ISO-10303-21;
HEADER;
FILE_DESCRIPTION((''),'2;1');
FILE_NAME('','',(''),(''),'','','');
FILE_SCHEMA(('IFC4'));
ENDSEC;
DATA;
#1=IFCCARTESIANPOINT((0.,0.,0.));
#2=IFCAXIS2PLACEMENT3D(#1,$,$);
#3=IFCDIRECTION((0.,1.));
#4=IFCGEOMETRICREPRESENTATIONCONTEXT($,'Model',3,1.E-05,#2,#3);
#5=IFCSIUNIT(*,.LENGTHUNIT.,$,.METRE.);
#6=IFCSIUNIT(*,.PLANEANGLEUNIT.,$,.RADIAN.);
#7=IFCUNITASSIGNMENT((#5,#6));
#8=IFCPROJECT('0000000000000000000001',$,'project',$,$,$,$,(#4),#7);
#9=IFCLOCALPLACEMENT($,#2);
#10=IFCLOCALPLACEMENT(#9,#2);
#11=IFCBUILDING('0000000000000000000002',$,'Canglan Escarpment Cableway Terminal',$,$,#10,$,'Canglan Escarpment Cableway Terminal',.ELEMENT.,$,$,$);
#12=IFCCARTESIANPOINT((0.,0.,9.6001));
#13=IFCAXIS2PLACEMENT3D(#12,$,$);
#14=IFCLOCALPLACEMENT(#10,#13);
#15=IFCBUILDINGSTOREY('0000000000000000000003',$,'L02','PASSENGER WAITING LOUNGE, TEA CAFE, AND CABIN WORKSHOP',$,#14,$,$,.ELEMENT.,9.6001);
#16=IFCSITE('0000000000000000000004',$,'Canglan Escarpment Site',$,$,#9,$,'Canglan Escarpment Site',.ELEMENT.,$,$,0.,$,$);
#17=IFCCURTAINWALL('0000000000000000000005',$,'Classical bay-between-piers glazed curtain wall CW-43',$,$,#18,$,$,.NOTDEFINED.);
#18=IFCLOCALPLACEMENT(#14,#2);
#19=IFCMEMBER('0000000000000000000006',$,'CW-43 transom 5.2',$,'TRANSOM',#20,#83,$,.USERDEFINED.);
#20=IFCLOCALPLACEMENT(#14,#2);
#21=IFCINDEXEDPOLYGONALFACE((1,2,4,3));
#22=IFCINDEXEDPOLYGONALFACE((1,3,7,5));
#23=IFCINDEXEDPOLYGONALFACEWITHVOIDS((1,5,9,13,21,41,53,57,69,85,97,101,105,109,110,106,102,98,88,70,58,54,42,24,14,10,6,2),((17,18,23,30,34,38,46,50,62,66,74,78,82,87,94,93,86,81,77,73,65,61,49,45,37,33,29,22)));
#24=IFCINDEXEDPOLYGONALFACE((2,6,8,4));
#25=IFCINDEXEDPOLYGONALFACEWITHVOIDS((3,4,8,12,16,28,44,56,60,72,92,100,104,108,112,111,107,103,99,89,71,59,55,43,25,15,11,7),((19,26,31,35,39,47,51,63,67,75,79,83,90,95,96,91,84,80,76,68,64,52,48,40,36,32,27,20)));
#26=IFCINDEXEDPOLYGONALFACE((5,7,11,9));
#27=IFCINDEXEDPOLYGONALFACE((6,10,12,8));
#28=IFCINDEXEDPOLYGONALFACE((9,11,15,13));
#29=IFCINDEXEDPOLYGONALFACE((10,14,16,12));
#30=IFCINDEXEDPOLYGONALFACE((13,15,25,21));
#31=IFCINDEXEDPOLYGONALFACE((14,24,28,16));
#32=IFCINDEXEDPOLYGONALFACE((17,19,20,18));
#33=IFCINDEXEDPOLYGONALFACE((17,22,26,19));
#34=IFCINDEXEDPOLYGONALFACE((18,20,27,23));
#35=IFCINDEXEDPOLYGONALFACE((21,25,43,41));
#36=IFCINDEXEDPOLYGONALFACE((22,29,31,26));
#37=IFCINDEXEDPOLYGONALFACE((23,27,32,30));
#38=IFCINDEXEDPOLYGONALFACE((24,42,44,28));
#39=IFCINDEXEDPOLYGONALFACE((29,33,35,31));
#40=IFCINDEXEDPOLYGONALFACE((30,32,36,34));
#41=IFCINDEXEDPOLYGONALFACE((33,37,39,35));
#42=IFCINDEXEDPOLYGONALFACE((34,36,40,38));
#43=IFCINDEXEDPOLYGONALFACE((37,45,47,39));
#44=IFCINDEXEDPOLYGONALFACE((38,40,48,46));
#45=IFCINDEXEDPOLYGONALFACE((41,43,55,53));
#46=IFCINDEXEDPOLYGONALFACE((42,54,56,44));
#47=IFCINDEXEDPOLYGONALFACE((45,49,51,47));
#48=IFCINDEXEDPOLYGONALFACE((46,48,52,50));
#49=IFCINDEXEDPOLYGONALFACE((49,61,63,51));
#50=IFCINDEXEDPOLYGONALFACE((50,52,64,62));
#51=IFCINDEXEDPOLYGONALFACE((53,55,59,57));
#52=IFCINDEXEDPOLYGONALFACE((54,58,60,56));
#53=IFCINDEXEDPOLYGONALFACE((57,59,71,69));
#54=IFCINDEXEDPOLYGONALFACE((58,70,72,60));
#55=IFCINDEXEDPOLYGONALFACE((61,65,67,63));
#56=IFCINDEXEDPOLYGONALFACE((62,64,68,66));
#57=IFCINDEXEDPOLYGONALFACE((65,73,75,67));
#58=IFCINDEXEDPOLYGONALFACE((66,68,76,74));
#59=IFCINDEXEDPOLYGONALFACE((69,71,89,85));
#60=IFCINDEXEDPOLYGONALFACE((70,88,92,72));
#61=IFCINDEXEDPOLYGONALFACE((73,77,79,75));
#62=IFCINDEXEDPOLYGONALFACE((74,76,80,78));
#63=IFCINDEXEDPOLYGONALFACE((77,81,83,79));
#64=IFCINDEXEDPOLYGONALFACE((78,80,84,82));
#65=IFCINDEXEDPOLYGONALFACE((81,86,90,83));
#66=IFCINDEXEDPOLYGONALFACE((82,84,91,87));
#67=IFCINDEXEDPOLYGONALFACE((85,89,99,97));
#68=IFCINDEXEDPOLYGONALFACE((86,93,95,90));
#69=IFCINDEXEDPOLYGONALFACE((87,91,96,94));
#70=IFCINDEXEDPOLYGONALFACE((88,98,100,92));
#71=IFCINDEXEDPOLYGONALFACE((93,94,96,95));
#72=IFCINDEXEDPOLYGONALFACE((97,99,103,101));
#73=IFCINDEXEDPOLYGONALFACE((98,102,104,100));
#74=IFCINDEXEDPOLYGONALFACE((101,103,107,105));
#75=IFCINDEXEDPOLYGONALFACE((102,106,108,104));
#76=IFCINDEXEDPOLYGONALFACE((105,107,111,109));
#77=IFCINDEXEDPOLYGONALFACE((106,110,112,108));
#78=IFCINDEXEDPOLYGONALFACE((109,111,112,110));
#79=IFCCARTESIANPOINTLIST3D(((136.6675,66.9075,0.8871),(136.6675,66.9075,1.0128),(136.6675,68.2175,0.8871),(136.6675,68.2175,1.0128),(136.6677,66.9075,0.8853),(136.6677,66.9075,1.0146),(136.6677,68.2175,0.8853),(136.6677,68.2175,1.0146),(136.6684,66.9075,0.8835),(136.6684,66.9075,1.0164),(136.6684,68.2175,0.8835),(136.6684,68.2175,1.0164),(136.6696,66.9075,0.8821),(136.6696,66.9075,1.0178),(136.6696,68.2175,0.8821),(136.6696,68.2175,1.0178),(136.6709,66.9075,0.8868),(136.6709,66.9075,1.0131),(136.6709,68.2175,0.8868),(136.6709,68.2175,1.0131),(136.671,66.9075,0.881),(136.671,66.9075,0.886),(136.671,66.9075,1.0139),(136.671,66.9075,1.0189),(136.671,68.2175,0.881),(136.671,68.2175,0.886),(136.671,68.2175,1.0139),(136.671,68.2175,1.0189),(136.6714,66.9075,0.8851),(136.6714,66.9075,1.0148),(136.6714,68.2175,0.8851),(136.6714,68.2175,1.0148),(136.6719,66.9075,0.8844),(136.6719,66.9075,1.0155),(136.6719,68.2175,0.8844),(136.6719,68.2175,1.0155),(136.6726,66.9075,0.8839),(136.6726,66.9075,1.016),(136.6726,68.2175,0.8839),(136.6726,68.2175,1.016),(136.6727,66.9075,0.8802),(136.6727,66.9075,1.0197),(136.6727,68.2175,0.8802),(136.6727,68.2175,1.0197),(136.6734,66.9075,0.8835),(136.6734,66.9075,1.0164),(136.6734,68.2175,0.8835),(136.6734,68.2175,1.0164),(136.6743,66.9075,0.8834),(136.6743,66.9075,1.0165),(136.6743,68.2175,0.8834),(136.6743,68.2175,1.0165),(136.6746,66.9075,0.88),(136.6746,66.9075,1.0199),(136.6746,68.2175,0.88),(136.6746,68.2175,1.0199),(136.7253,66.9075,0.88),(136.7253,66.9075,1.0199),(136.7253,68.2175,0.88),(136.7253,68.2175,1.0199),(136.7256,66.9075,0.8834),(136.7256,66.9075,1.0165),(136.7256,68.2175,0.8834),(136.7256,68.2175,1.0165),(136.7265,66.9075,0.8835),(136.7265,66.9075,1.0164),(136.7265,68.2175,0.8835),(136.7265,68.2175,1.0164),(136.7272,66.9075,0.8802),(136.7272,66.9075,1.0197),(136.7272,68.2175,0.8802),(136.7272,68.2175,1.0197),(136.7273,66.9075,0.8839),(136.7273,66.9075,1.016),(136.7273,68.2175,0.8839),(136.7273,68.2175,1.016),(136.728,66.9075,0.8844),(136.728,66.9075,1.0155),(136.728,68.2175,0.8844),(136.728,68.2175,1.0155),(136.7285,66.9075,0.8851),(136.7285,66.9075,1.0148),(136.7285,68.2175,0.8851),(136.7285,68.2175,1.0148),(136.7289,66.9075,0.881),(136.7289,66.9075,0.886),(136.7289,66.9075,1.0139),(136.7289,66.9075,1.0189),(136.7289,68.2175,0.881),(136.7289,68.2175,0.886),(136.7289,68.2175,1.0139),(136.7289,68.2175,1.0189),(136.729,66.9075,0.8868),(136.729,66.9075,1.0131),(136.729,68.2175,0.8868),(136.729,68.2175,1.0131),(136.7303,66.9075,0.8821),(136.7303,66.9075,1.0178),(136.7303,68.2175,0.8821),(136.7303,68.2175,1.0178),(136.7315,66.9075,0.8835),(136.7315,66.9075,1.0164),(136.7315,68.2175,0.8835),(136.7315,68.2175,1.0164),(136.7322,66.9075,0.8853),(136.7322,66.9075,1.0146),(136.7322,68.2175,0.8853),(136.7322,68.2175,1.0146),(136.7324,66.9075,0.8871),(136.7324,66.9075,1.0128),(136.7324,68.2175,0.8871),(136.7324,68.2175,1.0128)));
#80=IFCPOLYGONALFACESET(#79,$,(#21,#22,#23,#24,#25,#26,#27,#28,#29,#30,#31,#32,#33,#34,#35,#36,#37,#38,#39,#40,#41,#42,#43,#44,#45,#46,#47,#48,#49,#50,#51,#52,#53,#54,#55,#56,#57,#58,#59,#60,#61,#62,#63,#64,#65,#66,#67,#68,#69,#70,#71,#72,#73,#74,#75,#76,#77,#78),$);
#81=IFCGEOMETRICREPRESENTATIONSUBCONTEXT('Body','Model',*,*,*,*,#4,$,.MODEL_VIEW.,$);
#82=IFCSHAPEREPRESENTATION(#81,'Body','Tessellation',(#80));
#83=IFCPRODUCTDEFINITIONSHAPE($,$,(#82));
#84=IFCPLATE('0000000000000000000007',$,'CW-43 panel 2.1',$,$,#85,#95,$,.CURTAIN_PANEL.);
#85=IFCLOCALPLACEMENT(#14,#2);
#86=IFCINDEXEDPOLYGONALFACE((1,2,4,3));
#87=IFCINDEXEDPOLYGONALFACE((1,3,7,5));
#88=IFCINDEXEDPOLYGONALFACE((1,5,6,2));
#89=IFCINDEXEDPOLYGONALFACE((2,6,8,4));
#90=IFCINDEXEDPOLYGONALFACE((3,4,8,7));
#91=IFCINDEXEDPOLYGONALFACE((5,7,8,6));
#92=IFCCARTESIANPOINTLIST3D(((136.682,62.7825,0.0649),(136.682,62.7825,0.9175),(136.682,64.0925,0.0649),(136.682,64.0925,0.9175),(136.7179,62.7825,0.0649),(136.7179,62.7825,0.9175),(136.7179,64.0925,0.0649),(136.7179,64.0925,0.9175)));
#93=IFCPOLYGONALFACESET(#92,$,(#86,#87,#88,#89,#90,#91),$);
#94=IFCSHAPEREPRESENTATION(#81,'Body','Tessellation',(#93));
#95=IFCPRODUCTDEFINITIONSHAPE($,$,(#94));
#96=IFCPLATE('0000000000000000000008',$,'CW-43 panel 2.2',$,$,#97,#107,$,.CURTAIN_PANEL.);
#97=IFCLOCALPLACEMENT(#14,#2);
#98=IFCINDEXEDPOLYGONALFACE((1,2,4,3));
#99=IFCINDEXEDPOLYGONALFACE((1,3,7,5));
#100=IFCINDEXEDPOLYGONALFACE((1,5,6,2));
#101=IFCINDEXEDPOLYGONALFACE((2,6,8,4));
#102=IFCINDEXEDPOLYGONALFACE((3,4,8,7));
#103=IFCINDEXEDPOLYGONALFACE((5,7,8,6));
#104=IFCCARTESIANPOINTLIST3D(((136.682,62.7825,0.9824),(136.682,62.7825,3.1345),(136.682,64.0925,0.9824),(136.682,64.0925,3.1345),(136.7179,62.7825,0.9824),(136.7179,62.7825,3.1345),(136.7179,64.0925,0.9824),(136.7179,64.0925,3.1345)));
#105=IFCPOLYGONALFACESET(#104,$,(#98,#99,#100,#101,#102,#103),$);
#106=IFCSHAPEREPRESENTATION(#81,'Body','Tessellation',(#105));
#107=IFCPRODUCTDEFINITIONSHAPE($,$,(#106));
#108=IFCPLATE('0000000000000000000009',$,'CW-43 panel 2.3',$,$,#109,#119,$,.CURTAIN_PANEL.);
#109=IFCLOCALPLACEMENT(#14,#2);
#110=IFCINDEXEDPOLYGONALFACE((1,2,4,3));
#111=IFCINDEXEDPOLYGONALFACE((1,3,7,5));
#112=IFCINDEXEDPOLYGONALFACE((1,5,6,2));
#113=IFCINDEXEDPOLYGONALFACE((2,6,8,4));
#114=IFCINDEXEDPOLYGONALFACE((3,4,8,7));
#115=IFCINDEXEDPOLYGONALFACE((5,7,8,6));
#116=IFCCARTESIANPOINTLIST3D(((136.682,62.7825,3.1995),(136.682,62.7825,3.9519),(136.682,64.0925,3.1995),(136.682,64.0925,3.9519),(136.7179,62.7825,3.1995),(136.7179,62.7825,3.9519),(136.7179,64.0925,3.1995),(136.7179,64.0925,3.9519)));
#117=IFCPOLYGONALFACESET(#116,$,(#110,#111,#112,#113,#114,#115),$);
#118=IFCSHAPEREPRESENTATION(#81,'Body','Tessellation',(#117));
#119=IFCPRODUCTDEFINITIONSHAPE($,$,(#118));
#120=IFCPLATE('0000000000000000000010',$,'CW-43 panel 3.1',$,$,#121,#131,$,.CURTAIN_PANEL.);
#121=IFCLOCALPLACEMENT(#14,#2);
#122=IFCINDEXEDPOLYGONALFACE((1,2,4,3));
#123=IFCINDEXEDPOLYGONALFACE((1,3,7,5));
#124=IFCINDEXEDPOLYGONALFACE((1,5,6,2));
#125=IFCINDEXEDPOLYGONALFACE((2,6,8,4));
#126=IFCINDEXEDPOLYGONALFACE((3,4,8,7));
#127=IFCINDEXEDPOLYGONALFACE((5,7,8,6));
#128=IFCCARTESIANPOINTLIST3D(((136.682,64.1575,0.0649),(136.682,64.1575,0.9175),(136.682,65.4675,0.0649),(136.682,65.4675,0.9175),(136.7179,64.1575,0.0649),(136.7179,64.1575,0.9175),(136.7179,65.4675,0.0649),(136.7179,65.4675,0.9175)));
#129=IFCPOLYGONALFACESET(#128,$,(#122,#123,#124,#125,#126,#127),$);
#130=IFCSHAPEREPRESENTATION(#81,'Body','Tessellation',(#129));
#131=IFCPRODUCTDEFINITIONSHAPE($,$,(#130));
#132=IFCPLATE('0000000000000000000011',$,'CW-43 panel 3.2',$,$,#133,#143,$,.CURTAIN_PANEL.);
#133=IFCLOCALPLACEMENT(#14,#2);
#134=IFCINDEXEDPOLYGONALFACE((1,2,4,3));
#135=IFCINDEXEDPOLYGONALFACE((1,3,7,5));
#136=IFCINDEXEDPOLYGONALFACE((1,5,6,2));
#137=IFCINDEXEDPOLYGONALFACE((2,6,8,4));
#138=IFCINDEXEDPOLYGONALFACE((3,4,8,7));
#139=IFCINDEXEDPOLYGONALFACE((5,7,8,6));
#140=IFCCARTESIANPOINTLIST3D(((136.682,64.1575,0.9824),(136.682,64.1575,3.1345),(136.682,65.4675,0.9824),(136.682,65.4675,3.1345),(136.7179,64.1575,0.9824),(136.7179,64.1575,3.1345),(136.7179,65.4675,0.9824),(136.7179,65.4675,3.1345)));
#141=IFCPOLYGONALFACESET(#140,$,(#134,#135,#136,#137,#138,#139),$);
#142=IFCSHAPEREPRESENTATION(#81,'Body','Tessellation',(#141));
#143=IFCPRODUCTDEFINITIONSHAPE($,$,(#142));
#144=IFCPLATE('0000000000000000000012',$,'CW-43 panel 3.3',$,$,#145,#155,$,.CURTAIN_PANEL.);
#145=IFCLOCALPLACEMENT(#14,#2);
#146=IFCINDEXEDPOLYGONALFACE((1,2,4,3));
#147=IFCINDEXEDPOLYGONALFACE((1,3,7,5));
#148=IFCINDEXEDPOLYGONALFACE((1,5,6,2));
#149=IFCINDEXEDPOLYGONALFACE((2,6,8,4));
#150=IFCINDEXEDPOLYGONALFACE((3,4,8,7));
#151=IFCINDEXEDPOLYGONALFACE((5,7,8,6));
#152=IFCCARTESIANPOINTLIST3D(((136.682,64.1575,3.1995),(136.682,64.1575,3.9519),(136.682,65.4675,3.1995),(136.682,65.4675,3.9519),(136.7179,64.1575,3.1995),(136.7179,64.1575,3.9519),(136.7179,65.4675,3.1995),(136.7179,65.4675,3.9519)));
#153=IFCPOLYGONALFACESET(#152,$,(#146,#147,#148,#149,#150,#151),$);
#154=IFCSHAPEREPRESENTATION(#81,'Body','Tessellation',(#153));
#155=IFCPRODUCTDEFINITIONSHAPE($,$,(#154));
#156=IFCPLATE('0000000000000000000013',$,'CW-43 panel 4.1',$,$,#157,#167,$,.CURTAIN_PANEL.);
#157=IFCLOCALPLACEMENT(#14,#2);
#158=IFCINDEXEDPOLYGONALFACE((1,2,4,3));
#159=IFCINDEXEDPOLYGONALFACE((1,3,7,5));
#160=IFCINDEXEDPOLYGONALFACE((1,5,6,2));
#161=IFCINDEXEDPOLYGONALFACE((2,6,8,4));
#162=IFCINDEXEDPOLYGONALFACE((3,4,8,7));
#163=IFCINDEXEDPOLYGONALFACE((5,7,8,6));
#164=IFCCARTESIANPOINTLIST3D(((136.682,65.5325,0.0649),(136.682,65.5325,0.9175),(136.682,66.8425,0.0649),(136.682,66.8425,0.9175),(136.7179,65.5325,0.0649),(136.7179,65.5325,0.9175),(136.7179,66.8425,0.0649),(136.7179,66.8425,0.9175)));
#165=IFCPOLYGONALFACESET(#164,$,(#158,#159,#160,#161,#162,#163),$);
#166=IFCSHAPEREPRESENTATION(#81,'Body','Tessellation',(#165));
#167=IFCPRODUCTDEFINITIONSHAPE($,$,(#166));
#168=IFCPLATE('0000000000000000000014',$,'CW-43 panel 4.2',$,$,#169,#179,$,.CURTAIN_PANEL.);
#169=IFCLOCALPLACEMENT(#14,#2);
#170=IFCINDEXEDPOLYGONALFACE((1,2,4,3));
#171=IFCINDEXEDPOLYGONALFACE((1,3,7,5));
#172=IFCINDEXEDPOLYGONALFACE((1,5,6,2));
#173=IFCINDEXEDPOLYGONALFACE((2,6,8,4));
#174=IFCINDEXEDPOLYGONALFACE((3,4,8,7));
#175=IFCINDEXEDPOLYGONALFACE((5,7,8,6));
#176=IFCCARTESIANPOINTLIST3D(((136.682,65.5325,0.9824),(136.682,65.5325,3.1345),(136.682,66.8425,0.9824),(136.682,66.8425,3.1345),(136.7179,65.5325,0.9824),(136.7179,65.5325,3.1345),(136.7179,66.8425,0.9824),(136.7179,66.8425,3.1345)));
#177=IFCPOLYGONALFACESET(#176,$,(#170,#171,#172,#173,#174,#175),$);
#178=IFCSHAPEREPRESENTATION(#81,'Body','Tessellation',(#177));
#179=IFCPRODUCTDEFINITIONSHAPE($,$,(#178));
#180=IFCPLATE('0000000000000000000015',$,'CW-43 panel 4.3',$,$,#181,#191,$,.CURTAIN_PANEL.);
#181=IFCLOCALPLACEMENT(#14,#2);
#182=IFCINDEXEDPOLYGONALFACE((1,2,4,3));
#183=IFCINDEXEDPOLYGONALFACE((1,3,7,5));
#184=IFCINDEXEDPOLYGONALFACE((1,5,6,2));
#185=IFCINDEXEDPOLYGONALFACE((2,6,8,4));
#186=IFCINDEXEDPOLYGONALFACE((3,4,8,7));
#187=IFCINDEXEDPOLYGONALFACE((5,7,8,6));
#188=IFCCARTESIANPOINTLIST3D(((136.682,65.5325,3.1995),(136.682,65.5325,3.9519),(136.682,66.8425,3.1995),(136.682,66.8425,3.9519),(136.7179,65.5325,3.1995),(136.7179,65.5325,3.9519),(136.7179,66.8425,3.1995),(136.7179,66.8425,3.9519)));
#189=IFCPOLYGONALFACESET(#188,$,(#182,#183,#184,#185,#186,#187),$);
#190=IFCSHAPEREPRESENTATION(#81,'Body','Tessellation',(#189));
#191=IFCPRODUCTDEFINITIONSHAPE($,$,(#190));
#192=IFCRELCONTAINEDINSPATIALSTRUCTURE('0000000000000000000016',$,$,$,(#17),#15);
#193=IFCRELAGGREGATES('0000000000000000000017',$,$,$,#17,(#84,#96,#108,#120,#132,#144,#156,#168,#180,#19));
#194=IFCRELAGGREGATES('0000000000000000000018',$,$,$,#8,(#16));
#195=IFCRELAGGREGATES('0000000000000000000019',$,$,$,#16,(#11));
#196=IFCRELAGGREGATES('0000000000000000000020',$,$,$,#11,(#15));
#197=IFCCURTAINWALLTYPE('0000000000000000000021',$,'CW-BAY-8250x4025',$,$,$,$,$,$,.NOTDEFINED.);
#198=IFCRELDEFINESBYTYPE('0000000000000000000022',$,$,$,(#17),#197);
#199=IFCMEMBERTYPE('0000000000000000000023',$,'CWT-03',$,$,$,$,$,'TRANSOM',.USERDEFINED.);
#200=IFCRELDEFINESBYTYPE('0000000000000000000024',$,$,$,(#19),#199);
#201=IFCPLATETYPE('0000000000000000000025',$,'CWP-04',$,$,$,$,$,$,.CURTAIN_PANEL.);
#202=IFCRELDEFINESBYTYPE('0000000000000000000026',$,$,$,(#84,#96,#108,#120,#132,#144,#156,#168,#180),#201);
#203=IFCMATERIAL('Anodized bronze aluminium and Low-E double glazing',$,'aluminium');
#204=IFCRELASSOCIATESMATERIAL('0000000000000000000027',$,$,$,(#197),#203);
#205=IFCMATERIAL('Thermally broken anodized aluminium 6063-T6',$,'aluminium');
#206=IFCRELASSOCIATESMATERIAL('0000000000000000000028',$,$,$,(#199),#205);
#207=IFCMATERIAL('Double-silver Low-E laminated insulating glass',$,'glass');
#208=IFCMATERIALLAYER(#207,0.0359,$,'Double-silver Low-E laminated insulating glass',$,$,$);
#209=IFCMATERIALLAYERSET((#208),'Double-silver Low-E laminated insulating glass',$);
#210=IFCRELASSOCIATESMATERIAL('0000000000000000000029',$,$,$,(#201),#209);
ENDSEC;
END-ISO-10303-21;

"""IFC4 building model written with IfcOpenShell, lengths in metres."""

from ifc_helpers import new_model, si_unit, direction, frame, origin, origin_2d, place, context, subcontext, project, spatial, rectangle, hollow_rectangle, extrude, material, layer, layer_set, material_profile, profile_set, type_object, element, aggregate, save


model = new_model("IFC4")

# Units and contexts
model_context = context("Model", 3, precision=1e-05, world=origin(), true_north=direction((0.0, 1.0)))
body_context = subcontext(model_context, "Body", "Model", "MODEL_VIEW")
ifc_project = project(units=[si_unit("LENGTHUNIT", "METRE"), si_unit("PLANEANGLEUNIT", "RADIAN")], contexts=[model_context])

# Site, building, storey
site_placement = place(None, origin())
site = spatial("IfcSite", under=ifc_project, at=site_placement, Name="Canglan Escarpment Site", LongName="Canglan Escarpment Site", CompositionType="ELEMENT", RefElevation=0.0)
building_placement = place(site_placement, origin())
building = spatial("IfcBuilding", under=site, at=building_placement, Name="Canglan Escarpment Cableway Terminal", LongName="Canglan Escarpment Cableway Terminal", CompositionType="ELEMENT")
storey_placement = place(building_placement, frame((0.0, 0.0, 9.6001)))
storey = spatial("IfcBuildingStorey", under=building, at=storey_placement, Name="L02", Description="PASSENGER WAITING LOUNGE, TEA CAFE, AND CABIN WORKSHOP", CompositionType="ELEMENT", Elevation=9.6001)

# Curtain wall, member, plates
ifc_material_1 = material(Name="Anodized bronze aluminium and Low-E double glazing", Category="aluminium")
curtain_wall_type = type_object("IfcCurtainWallType", Name="CW-BAY-8250x4025", PredefinedType="NOTDEFINED", material=ifc_material_1)
curtain_wall_placement = place(storey_placement, origin())
curtain_wall = element("IfcCurtainWall", 1, at=curtain_wall_placement, inside=storey, type_object=curtain_wall_type, Name="Classical bay-between-piers glazed curtain wall CW-43", PredefinedType="NOTDEFINED")
ifc_material_2 = material(Name="Thermally broken anodized aluminium 6063-T6", Category="aluminium")
ifc_material_profile_1 = material_profile(ifc_material_2, hollow_rectangle(XDim=0.0649, YDim=0.1399, WallThickness=0.0034, InnerFilletRadius=0.0034, OuterFilletRadius=0.0071, at=origin_2d()), Name="ALU-TRAN 65x140x3.5")
ifc_profile_set_1 = profile_set([ifc_material_profile_1], Name="Thermally broken anodized aluminium 6063-T6")
member_type_1 = type_object("IfcMemberType", Name="CWT-03", ElementType="TRANSOM", PredefinedType="USERDEFINED", material=ifc_profile_set_1)
member_1_placement = place(storey_placement, frame((136.7, 66.9075, 0.95), z_axis=(0.0, 1.0, 0.0), x_axis=(-1.0, 0.0, 0.0)))
member_1 = element("IfcMember", 2, at=member_1_placement, type_object=member_type_1, Name="CW-43 transom 5.2", ObjectType="TRANSOM", PredefinedType="USERDEFINED", context=body_context, shape_type="SweptSolid", body=[
    extrude(hollow_rectangle(XDim=0.0649, YDim=0.1399, WallThickness=0.0034, InnerFilletRadius=0.0034, OuterFilletRadius=0.0071, at=origin_2d()), origin(), (0.0, 0.0, 1.0), 1.3101),
])
ifc_material_3 = material(Name="Double-silver Low-E laminated insulating glass", Category="glass")
ifc_layer_1 = layer(ifc_material_3, 0.0359, Name="Double-silver Low-E laminated insulating glass")
ifc_layer_set_1 = layer_set([ifc_layer_1], Name="Double-silver Low-E laminated insulating glass")
plate_type = type_object("IfcPlateType", Name="CWP-04", PredefinedType="CURTAIN_PANEL", material=ifc_layer_set_1)
plate_1_placement = place(storey_placement, frame((136.7, 63.4375, 0.0649), z_axis=(0.0, 0.0, 1.0), x_axis=(0.0, 1.0, 0.0)))
plate_1 = element("IfcPlate", 3, at=plate_1_placement, type_object=plate_type, Name="CW-43 panel 2.1", PredefinedType="CURTAIN_PANEL", context=body_context, shape_type="SweptSolid", body=[
    extrude(rectangle(XDim=1.3101, YDim=0.0359, at=origin_2d()), origin(), (0.0, 0.0, 1.0), 0.8525),
])
plate_2_placement = place(storey_placement, frame((136.7, 63.4375, 0.9824), z_axis=(0.0, 0.0, 1.0), x_axis=(0.0, 1.0, 0.0)))
plate_2 = element("IfcPlate", 4, at=plate_2_placement, type_object=plate_type, Name="CW-43 panel 2.2", PredefinedType="CURTAIN_PANEL", context=body_context, shape_type="SweptSolid", body=[
    extrude(rectangle(XDim=1.3101, YDim=0.0359, at=origin_2d()), origin(), (0.0, 0.0, 1.0), 2.1521),
])
plate_3_placement = place(storey_placement, frame((136.7, 63.4375, 3.1995), z_axis=(0.0, 0.0, 1.0), x_axis=(0.0, 1.0, 0.0)))
plate_3 = element("IfcPlate", 5, at=plate_3_placement, type_object=plate_type, Name="CW-43 panel 2.3", PredefinedType="CURTAIN_PANEL", context=body_context, shape_type="SweptSolid", body=[
    extrude(rectangle(XDim=1.3101, YDim=0.0359, at=origin_2d()), origin(), (0.0, 0.0, 1.0), 0.7524),
])
plate_4_placement = place(storey_placement, frame((136.7, 64.8125, 0.0649), z_axis=(0.0, 0.0, 1.0), x_axis=(0.0, 1.0, 0.0)))
plate_4 = element("IfcPlate", 6, at=plate_4_placement, type_object=plate_type, Name="CW-43 panel 3.1", PredefinedType="CURTAIN_PANEL", context=body_context, shape_type="SweptSolid", body=[
    extrude(rectangle(XDim=1.3101, YDim=0.0359, at=origin_2d()), origin(), (0.0, 0.0, 1.0), 0.8525),
])
plate_5_placement = place(storey_placement, frame((136.7, 64.8125, 0.9824), z_axis=(0.0, 0.0, 1.0), x_axis=(0.0, 1.0, 0.0)))
plate_5 = element("IfcPlate", 7, at=plate_5_placement, type_object=plate_type, Name="CW-43 panel 3.2", PredefinedType="CURTAIN_PANEL", context=body_context, shape_type="SweptSolid", body=[
    extrude(rectangle(XDim=1.3101, YDim=0.0359, at=origin_2d()), origin(), (0.0, 0.0, 1.0), 2.1521),
])
plate_6_placement = place(storey_placement, frame((136.7, 64.8125, 3.1995), z_axis=(0.0, 0.0, 1.0), x_axis=(0.0, 1.0, 0.0)))
plate_6 = element("IfcPlate", 8, at=plate_6_placement, type_object=plate_type, Name="CW-43 panel 3.3", PredefinedType="CURTAIN_PANEL", context=body_context, shape_type="SweptSolid", body=[
    extrude(rectangle(XDim=1.3101, YDim=0.0359, at=origin_2d()), origin(), (0.0, 0.0, 1.0), 0.7524),
])
plate_7_placement = place(storey_placement, frame((136.7, 66.1875, 0.0649), z_axis=(0.0, 0.0, 1.0), x_axis=(0.0, 1.0, 0.0)))
plate_7 = element("IfcPlate", 9, at=plate_7_placement, type_object=plate_type, Name="CW-43 panel 4.1", PredefinedType="CURTAIN_PANEL", context=body_context, shape_type="SweptSolid", body=[
    extrude(rectangle(XDim=1.3101, YDim=0.0359, at=origin_2d()), origin(), (0.0, 0.0, 1.0), 0.8525),
])
plate_8_placement = place(storey_placement, frame((136.7, 66.1875, 0.9824), z_axis=(0.0, 0.0, 1.0), x_axis=(0.0, 1.0, 0.0)))
plate_8 = element("IfcPlate", 10, at=plate_8_placement, type_object=plate_type, Name="CW-43 panel 4.2", PredefinedType="CURTAIN_PANEL", context=body_context, shape_type="SweptSolid", body=[
    extrude(rectangle(XDim=1.3101, YDim=0.0359, at=origin_2d()), origin(), (0.0, 0.0, 1.0), 2.1521),
])
plate_9_placement = place(storey_placement, frame((136.7, 66.1875, 3.1995), z_axis=(0.0, 0.0, 1.0), x_axis=(0.0, 1.0, 0.0)))
plate_9 = element("IfcPlate", 11, at=plate_9_placement, type_object=plate_type, Name="CW-43 panel 4.3", PredefinedType="CURTAIN_PANEL", context=body_context, shape_type="SweptSolid", body=[
    extrude(rectangle(XDim=1.3101, YDim=0.0359, at=origin_2d()), origin(), (0.0, 0.0, 1.0), 0.7524),
])
aggregate(curtain_wall, [plate_1, plate_2, plate_3, plate_4, plate_5, plate_6, plate_7, plate_8, plate_9, member_1])

save(model, "model.ifc")
